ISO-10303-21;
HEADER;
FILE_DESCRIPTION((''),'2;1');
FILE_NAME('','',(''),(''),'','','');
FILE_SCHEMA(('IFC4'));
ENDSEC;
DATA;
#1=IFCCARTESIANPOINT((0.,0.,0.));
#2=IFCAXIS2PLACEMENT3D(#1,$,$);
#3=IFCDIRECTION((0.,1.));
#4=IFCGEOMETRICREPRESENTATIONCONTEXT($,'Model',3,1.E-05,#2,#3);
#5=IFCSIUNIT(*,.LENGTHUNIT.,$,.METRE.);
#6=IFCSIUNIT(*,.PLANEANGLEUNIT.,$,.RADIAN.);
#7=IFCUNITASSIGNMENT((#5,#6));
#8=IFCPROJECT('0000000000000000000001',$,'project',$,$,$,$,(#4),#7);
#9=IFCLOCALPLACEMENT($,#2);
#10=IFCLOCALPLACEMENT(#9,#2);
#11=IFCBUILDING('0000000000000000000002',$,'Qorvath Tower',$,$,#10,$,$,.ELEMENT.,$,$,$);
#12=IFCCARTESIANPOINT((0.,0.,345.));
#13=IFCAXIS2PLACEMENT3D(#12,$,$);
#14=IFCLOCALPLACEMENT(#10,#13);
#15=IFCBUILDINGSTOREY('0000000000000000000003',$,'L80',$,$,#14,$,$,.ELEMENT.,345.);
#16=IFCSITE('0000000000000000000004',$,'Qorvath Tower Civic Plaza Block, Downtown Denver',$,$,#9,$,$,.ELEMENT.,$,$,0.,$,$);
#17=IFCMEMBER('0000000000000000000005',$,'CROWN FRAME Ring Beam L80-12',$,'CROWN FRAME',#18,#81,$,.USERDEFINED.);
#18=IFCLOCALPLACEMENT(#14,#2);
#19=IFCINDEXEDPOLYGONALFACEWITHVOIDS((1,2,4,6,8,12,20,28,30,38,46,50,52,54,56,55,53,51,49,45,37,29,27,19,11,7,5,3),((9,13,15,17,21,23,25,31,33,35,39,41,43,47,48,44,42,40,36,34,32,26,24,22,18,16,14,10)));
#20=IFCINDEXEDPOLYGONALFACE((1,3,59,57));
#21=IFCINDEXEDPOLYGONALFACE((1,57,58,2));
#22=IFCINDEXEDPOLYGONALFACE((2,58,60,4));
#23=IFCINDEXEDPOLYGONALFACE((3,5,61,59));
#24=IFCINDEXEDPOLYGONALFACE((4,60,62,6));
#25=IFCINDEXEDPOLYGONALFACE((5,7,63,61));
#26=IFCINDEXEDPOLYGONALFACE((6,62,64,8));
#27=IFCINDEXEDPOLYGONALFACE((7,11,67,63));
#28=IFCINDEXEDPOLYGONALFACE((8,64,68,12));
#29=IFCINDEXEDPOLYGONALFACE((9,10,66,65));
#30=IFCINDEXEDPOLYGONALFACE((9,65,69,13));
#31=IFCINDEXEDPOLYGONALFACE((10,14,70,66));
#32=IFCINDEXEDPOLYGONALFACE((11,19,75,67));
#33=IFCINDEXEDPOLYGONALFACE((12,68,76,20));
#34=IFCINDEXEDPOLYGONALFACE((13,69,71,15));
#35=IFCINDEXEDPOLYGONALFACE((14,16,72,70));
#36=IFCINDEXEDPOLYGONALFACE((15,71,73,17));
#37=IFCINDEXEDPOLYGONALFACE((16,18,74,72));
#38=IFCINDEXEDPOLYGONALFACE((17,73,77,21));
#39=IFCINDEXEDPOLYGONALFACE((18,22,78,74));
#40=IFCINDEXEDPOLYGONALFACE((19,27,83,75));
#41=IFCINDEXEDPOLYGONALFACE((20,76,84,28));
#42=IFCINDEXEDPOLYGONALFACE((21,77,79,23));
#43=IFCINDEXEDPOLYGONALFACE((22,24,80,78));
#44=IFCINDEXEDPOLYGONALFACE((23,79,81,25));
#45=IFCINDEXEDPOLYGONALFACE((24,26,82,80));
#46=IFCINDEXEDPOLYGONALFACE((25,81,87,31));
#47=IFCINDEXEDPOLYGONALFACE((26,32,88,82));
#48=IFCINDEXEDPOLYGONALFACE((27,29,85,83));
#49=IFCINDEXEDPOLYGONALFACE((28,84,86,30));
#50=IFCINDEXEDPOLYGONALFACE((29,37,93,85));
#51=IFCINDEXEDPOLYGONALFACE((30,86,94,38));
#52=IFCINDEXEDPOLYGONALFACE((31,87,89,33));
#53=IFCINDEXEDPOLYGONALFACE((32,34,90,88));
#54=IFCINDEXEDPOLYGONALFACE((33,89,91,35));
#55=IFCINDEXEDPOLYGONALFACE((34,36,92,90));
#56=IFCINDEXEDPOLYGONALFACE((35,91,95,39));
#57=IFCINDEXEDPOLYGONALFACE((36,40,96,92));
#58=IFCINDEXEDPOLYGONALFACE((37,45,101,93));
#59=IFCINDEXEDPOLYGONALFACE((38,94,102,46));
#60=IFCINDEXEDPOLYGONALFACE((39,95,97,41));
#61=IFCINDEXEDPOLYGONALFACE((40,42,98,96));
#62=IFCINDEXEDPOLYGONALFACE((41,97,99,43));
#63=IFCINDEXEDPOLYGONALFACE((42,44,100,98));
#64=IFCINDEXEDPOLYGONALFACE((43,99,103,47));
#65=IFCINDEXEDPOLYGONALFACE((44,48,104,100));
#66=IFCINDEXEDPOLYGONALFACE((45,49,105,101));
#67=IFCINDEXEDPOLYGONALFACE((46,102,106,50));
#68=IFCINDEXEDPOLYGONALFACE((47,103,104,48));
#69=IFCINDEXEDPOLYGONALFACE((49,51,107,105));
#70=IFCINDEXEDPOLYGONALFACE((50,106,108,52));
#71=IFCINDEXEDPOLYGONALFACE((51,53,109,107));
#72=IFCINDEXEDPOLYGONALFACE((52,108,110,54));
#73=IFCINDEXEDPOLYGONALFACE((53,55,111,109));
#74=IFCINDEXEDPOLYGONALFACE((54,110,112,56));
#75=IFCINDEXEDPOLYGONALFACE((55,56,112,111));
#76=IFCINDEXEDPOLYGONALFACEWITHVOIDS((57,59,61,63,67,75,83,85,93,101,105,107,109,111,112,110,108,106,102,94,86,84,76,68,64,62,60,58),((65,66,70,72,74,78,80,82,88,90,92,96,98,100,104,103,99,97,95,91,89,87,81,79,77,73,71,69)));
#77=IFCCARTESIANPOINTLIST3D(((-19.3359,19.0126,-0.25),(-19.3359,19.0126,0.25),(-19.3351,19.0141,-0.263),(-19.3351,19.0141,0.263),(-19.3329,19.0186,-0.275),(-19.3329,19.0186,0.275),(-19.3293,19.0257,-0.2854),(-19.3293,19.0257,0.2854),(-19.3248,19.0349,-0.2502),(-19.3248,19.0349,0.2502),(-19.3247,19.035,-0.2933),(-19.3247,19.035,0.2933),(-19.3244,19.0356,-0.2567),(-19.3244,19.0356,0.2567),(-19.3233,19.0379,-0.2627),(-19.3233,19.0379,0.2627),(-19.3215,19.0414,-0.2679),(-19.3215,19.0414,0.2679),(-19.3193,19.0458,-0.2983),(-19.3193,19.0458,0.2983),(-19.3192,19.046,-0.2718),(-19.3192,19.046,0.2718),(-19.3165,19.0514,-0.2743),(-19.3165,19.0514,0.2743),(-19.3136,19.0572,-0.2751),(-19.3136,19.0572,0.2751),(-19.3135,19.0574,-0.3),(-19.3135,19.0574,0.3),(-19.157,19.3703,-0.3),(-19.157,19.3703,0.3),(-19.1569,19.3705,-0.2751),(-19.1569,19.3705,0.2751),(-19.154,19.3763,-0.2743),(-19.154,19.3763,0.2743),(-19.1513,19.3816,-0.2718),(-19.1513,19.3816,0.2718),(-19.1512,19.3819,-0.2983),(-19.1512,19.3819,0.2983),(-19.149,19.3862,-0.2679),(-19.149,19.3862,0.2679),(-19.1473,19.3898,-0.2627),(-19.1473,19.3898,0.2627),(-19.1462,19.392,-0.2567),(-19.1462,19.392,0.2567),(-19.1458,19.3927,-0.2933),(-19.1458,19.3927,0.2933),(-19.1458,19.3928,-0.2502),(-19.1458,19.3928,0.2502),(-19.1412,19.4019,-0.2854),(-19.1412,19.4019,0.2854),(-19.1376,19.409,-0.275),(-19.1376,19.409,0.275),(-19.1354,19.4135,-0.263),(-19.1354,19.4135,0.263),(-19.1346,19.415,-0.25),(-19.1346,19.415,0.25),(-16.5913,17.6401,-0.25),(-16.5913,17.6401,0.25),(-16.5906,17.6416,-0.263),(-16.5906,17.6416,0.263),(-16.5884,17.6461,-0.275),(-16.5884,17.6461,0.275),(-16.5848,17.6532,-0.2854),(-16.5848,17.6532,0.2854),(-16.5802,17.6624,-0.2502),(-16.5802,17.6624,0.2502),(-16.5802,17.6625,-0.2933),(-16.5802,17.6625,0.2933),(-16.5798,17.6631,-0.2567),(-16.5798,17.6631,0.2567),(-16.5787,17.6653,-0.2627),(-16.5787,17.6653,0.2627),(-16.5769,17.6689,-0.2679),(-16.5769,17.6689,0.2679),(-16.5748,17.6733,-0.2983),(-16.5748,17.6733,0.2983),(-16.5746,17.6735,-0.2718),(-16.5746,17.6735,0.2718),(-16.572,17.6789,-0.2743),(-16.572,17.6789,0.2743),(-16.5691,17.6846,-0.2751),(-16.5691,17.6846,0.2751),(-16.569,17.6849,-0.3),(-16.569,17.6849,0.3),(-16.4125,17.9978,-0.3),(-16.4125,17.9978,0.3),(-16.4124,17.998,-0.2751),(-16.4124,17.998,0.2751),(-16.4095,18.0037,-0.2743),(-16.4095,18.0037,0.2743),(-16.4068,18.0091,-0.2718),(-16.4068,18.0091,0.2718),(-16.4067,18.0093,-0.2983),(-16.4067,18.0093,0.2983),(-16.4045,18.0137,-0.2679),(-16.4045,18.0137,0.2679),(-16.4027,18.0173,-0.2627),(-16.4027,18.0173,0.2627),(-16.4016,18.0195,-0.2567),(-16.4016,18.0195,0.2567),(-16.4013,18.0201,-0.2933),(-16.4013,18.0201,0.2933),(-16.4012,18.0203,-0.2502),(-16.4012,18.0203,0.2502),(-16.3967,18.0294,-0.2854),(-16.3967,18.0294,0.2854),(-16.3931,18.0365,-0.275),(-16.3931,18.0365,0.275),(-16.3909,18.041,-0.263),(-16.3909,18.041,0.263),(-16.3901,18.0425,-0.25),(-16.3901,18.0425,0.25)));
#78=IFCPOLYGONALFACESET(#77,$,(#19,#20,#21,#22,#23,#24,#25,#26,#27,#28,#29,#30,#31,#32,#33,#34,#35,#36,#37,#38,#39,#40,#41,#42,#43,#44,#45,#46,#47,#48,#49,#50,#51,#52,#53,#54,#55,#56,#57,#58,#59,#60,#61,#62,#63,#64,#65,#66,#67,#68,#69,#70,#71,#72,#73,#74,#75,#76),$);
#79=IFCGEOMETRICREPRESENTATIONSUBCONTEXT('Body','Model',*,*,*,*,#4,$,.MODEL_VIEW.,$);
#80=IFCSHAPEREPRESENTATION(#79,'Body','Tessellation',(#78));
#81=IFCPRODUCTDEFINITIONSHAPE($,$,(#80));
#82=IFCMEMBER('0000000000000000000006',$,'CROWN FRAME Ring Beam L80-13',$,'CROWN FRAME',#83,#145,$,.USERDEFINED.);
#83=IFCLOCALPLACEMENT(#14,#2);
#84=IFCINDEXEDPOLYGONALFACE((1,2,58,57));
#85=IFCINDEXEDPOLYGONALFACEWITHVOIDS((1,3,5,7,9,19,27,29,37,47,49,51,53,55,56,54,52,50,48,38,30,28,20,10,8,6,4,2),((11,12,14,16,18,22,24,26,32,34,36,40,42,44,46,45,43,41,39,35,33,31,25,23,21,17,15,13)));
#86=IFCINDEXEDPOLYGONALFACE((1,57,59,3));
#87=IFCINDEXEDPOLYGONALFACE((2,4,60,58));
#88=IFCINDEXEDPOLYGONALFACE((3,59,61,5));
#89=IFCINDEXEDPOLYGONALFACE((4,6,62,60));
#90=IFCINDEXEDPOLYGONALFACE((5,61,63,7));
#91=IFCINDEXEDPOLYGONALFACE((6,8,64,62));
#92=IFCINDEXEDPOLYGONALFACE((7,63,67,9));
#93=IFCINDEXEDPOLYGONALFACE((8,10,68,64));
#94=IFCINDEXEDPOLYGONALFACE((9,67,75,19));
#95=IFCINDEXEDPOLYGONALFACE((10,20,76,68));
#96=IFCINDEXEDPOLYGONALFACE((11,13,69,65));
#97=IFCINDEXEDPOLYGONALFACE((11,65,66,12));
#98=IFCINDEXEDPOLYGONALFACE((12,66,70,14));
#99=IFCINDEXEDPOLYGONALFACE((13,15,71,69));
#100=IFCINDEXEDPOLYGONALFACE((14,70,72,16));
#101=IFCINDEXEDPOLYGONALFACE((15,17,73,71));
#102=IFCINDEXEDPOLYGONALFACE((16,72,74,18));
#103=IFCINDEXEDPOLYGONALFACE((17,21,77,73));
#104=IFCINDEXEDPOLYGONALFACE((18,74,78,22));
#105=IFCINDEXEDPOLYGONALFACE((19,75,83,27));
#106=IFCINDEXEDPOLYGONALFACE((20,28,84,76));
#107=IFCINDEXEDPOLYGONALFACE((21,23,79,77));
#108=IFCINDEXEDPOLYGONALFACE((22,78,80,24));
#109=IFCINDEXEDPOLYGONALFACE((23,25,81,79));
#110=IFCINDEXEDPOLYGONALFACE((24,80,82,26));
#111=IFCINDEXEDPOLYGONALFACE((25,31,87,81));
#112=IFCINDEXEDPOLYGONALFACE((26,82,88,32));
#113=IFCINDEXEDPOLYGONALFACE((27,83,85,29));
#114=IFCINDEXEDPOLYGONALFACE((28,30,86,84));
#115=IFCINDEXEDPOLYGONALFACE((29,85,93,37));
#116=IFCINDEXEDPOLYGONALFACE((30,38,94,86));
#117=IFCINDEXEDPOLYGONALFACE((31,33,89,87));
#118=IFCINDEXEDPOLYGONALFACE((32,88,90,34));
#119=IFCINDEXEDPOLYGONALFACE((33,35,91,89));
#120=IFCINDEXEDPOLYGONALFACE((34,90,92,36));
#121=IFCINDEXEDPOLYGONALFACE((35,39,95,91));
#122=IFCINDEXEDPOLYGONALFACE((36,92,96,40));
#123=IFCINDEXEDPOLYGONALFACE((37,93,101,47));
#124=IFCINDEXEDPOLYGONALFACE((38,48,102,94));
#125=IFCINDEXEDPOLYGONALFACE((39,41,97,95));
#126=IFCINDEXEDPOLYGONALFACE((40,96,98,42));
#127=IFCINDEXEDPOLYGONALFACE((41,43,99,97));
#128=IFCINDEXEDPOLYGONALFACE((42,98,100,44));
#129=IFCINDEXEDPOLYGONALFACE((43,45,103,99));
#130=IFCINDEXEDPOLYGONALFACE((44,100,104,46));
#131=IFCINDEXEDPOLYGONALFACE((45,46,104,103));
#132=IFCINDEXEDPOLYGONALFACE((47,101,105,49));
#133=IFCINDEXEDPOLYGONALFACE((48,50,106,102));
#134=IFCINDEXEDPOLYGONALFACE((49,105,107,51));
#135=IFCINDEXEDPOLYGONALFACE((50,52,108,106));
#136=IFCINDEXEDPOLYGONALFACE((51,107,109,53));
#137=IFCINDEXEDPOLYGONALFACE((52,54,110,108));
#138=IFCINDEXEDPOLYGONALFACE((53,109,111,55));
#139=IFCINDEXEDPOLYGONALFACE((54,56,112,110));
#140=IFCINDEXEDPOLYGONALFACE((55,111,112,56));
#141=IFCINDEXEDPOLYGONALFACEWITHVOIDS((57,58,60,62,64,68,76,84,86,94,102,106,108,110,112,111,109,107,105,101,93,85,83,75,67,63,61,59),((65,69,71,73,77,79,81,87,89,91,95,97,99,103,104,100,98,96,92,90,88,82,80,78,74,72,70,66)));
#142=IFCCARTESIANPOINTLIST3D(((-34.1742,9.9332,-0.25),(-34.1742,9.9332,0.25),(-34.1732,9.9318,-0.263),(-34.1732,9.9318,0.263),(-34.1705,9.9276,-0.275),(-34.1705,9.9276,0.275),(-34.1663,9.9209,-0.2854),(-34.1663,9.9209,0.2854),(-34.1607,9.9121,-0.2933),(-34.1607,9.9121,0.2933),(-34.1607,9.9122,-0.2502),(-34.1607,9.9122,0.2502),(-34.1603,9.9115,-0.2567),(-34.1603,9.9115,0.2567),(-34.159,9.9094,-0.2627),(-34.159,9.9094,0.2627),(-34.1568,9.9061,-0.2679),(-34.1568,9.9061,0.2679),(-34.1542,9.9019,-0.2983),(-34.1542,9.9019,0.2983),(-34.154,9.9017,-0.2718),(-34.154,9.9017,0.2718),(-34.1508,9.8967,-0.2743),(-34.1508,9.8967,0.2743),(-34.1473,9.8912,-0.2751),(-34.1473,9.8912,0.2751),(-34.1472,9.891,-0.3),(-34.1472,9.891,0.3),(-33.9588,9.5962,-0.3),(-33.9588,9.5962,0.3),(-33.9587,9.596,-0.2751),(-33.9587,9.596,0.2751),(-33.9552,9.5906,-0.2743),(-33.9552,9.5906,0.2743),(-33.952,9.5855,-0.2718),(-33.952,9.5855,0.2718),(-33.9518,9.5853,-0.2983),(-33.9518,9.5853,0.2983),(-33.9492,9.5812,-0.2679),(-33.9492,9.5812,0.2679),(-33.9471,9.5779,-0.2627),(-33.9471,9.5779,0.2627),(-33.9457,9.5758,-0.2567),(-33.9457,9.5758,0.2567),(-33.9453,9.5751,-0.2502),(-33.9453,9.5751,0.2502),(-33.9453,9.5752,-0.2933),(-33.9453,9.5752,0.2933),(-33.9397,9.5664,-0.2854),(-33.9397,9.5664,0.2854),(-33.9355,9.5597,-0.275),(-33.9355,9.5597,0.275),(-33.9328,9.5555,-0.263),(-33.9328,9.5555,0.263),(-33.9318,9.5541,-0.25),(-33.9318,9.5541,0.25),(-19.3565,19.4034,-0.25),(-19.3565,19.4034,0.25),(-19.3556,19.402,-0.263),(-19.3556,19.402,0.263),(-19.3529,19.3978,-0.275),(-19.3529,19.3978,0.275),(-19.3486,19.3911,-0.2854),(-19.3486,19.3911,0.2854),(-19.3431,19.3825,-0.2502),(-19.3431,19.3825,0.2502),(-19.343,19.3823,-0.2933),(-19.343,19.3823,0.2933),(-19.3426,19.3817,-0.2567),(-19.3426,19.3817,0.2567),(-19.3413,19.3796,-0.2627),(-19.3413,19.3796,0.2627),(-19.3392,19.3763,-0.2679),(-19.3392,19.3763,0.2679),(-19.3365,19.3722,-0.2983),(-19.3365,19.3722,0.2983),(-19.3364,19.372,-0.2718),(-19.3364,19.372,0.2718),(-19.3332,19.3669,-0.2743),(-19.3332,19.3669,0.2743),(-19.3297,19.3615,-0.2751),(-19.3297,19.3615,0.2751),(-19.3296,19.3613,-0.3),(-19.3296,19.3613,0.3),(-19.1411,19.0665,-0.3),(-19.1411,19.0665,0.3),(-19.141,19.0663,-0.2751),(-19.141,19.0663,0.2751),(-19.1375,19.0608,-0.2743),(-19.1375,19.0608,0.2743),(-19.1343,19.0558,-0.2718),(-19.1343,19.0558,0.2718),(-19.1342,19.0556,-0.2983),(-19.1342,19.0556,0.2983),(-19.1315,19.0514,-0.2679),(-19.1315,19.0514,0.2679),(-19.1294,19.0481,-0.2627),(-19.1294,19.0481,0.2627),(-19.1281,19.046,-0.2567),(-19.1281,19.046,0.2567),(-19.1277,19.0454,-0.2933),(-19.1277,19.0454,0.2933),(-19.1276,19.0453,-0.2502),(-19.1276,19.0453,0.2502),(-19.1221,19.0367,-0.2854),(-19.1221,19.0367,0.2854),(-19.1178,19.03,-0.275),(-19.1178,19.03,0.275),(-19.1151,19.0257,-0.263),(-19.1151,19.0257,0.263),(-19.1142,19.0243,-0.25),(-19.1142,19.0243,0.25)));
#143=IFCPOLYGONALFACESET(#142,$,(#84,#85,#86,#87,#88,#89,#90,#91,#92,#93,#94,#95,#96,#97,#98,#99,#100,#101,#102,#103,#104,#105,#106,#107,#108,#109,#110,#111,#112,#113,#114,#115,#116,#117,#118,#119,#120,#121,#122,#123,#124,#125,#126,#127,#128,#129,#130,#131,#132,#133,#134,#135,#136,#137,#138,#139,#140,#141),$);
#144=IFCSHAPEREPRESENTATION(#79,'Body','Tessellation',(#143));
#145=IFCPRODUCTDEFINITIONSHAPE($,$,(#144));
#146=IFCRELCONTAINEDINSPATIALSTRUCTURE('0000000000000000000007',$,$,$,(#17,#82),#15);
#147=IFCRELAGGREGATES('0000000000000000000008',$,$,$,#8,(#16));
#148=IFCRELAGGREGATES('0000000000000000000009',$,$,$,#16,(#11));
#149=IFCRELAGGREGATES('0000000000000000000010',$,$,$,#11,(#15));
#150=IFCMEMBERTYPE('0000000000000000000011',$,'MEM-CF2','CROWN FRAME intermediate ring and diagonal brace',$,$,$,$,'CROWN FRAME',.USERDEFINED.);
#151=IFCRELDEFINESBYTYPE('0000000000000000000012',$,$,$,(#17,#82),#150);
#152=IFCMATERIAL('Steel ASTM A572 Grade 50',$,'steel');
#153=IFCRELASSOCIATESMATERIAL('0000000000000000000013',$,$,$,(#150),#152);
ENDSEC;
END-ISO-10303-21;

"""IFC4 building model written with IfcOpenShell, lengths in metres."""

from ifc_helpers import new_model, si_unit, direction, frame, origin, origin_2d, place, context, subcontext, project, spatial, hollow_rectangle, extrude, material, material_profile, profile_set, type_object, element, save


model = new_model("IFC4")

# Units and contexts
model_context = context("Model", 3, precision=1e-05, world=origin(), true_north=direction((0.0, 1.0)))
body_context = subcontext(model_context, "Body", "Model", "MODEL_VIEW")
ifc_project = project(units=[si_unit("LENGTHUNIT", "METRE"), si_unit("PLANEANGLEUNIT", "RADIAN")], contexts=[model_context])

# Site, building, storey
site_placement = place(None, origin())
site = spatial("IfcSite", under=ifc_project, at=site_placement, Name="Qorvath Tower Civic Plaza Block, Downtown Denver", CompositionType="ELEMENT", RefElevation=0.0)
building_placement = place(site_placement, origin())
building = spatial("IfcBuilding", under=site, at=building_placement, Name="Qorvath Tower", CompositionType="ELEMENT")
storey_placement = place(building_placement, frame((0.0, 0.0, 345.0)))
storey = spatial("IfcBuildingStorey", under=building, at=storey_placement, Name="L80", CompositionType="ELEMENT", Elevation=345.0)

# Members
ifc_material_1 = material(Name="Steel ASTM A572 Grade 50", Category="steel")
ifc_material_profile_1 = material_profile(ifc_material_1, hollow_rectangle(XDim=0.45, YDim=0.6001, WallThickness=0.0249, InnerFilletRadius=0.0249, OuterFilletRadius=0.05, at=origin_2d()), Name="CROWN BOX 600x450x25")
ifc_profile_set_1 = profile_set([ifc_material_profile_1], Name="Steel ASTM A572 Grade 50")
member_type_1 = type_object("IfcMemberType", Name="MEM-CF2", Description="CROWN FRAME intermediate ring and diagonal brace", ElementType="CROWN FRAME", PredefinedType="USERDEFINED", material=ifc_profile_set_1)
member_1_placement = place(storey_placement, frame((-16.4907, 17.8413, 0.0), z_axis=(-0.894395, 0.447277, 0.0), x_axis=(-0.447277, -0.894395, 0.0)))
element("IfcMember", 1, at=member_1_placement, inside=storey, type_object=member_type_1, Name="CROWN FRAME Ring Beam L80-12", ObjectType="CROWN FRAME", PredefinedType="USERDEFINED", context=body_context, shape_type="SweptSolid", body=[
    extrude(hollow_rectangle(XDim=0.45, YDim=0.6001, WallThickness=0.0249, InnerFilletRadius=0.0249, OuterFilletRadius=0.05, at=origin_2d()), origin(), (0.0, 0.0, 1.0), 3.0686),
])
member_2_placement = place(storey_placement, frame((-19.2354, 19.2139, 0.0), z_axis=(-0.842609, -0.538526, 0.0), x_axis=(0.538526, -0.842609, 0.0)))
element("IfcMember", 2, at=member_2_placement, inside=storey, type_object=member_type_1, Name="CROWN FRAME Ring Beam L80-13", ObjectType="CROWN FRAME", PredefinedType="USERDEFINED", context=body_context, shape_type="SweptSolid", body=[
    extrude(hollow_rectangle(XDim=0.45, YDim=0.6001, WallThickness=0.0249, InnerFilletRadius=0.0249, OuterFilletRadius=0.05, at=origin_2d()), origin(), (0.0, 0.0, 1.0), 17.5854),
])

save(model, "model.ifc")
